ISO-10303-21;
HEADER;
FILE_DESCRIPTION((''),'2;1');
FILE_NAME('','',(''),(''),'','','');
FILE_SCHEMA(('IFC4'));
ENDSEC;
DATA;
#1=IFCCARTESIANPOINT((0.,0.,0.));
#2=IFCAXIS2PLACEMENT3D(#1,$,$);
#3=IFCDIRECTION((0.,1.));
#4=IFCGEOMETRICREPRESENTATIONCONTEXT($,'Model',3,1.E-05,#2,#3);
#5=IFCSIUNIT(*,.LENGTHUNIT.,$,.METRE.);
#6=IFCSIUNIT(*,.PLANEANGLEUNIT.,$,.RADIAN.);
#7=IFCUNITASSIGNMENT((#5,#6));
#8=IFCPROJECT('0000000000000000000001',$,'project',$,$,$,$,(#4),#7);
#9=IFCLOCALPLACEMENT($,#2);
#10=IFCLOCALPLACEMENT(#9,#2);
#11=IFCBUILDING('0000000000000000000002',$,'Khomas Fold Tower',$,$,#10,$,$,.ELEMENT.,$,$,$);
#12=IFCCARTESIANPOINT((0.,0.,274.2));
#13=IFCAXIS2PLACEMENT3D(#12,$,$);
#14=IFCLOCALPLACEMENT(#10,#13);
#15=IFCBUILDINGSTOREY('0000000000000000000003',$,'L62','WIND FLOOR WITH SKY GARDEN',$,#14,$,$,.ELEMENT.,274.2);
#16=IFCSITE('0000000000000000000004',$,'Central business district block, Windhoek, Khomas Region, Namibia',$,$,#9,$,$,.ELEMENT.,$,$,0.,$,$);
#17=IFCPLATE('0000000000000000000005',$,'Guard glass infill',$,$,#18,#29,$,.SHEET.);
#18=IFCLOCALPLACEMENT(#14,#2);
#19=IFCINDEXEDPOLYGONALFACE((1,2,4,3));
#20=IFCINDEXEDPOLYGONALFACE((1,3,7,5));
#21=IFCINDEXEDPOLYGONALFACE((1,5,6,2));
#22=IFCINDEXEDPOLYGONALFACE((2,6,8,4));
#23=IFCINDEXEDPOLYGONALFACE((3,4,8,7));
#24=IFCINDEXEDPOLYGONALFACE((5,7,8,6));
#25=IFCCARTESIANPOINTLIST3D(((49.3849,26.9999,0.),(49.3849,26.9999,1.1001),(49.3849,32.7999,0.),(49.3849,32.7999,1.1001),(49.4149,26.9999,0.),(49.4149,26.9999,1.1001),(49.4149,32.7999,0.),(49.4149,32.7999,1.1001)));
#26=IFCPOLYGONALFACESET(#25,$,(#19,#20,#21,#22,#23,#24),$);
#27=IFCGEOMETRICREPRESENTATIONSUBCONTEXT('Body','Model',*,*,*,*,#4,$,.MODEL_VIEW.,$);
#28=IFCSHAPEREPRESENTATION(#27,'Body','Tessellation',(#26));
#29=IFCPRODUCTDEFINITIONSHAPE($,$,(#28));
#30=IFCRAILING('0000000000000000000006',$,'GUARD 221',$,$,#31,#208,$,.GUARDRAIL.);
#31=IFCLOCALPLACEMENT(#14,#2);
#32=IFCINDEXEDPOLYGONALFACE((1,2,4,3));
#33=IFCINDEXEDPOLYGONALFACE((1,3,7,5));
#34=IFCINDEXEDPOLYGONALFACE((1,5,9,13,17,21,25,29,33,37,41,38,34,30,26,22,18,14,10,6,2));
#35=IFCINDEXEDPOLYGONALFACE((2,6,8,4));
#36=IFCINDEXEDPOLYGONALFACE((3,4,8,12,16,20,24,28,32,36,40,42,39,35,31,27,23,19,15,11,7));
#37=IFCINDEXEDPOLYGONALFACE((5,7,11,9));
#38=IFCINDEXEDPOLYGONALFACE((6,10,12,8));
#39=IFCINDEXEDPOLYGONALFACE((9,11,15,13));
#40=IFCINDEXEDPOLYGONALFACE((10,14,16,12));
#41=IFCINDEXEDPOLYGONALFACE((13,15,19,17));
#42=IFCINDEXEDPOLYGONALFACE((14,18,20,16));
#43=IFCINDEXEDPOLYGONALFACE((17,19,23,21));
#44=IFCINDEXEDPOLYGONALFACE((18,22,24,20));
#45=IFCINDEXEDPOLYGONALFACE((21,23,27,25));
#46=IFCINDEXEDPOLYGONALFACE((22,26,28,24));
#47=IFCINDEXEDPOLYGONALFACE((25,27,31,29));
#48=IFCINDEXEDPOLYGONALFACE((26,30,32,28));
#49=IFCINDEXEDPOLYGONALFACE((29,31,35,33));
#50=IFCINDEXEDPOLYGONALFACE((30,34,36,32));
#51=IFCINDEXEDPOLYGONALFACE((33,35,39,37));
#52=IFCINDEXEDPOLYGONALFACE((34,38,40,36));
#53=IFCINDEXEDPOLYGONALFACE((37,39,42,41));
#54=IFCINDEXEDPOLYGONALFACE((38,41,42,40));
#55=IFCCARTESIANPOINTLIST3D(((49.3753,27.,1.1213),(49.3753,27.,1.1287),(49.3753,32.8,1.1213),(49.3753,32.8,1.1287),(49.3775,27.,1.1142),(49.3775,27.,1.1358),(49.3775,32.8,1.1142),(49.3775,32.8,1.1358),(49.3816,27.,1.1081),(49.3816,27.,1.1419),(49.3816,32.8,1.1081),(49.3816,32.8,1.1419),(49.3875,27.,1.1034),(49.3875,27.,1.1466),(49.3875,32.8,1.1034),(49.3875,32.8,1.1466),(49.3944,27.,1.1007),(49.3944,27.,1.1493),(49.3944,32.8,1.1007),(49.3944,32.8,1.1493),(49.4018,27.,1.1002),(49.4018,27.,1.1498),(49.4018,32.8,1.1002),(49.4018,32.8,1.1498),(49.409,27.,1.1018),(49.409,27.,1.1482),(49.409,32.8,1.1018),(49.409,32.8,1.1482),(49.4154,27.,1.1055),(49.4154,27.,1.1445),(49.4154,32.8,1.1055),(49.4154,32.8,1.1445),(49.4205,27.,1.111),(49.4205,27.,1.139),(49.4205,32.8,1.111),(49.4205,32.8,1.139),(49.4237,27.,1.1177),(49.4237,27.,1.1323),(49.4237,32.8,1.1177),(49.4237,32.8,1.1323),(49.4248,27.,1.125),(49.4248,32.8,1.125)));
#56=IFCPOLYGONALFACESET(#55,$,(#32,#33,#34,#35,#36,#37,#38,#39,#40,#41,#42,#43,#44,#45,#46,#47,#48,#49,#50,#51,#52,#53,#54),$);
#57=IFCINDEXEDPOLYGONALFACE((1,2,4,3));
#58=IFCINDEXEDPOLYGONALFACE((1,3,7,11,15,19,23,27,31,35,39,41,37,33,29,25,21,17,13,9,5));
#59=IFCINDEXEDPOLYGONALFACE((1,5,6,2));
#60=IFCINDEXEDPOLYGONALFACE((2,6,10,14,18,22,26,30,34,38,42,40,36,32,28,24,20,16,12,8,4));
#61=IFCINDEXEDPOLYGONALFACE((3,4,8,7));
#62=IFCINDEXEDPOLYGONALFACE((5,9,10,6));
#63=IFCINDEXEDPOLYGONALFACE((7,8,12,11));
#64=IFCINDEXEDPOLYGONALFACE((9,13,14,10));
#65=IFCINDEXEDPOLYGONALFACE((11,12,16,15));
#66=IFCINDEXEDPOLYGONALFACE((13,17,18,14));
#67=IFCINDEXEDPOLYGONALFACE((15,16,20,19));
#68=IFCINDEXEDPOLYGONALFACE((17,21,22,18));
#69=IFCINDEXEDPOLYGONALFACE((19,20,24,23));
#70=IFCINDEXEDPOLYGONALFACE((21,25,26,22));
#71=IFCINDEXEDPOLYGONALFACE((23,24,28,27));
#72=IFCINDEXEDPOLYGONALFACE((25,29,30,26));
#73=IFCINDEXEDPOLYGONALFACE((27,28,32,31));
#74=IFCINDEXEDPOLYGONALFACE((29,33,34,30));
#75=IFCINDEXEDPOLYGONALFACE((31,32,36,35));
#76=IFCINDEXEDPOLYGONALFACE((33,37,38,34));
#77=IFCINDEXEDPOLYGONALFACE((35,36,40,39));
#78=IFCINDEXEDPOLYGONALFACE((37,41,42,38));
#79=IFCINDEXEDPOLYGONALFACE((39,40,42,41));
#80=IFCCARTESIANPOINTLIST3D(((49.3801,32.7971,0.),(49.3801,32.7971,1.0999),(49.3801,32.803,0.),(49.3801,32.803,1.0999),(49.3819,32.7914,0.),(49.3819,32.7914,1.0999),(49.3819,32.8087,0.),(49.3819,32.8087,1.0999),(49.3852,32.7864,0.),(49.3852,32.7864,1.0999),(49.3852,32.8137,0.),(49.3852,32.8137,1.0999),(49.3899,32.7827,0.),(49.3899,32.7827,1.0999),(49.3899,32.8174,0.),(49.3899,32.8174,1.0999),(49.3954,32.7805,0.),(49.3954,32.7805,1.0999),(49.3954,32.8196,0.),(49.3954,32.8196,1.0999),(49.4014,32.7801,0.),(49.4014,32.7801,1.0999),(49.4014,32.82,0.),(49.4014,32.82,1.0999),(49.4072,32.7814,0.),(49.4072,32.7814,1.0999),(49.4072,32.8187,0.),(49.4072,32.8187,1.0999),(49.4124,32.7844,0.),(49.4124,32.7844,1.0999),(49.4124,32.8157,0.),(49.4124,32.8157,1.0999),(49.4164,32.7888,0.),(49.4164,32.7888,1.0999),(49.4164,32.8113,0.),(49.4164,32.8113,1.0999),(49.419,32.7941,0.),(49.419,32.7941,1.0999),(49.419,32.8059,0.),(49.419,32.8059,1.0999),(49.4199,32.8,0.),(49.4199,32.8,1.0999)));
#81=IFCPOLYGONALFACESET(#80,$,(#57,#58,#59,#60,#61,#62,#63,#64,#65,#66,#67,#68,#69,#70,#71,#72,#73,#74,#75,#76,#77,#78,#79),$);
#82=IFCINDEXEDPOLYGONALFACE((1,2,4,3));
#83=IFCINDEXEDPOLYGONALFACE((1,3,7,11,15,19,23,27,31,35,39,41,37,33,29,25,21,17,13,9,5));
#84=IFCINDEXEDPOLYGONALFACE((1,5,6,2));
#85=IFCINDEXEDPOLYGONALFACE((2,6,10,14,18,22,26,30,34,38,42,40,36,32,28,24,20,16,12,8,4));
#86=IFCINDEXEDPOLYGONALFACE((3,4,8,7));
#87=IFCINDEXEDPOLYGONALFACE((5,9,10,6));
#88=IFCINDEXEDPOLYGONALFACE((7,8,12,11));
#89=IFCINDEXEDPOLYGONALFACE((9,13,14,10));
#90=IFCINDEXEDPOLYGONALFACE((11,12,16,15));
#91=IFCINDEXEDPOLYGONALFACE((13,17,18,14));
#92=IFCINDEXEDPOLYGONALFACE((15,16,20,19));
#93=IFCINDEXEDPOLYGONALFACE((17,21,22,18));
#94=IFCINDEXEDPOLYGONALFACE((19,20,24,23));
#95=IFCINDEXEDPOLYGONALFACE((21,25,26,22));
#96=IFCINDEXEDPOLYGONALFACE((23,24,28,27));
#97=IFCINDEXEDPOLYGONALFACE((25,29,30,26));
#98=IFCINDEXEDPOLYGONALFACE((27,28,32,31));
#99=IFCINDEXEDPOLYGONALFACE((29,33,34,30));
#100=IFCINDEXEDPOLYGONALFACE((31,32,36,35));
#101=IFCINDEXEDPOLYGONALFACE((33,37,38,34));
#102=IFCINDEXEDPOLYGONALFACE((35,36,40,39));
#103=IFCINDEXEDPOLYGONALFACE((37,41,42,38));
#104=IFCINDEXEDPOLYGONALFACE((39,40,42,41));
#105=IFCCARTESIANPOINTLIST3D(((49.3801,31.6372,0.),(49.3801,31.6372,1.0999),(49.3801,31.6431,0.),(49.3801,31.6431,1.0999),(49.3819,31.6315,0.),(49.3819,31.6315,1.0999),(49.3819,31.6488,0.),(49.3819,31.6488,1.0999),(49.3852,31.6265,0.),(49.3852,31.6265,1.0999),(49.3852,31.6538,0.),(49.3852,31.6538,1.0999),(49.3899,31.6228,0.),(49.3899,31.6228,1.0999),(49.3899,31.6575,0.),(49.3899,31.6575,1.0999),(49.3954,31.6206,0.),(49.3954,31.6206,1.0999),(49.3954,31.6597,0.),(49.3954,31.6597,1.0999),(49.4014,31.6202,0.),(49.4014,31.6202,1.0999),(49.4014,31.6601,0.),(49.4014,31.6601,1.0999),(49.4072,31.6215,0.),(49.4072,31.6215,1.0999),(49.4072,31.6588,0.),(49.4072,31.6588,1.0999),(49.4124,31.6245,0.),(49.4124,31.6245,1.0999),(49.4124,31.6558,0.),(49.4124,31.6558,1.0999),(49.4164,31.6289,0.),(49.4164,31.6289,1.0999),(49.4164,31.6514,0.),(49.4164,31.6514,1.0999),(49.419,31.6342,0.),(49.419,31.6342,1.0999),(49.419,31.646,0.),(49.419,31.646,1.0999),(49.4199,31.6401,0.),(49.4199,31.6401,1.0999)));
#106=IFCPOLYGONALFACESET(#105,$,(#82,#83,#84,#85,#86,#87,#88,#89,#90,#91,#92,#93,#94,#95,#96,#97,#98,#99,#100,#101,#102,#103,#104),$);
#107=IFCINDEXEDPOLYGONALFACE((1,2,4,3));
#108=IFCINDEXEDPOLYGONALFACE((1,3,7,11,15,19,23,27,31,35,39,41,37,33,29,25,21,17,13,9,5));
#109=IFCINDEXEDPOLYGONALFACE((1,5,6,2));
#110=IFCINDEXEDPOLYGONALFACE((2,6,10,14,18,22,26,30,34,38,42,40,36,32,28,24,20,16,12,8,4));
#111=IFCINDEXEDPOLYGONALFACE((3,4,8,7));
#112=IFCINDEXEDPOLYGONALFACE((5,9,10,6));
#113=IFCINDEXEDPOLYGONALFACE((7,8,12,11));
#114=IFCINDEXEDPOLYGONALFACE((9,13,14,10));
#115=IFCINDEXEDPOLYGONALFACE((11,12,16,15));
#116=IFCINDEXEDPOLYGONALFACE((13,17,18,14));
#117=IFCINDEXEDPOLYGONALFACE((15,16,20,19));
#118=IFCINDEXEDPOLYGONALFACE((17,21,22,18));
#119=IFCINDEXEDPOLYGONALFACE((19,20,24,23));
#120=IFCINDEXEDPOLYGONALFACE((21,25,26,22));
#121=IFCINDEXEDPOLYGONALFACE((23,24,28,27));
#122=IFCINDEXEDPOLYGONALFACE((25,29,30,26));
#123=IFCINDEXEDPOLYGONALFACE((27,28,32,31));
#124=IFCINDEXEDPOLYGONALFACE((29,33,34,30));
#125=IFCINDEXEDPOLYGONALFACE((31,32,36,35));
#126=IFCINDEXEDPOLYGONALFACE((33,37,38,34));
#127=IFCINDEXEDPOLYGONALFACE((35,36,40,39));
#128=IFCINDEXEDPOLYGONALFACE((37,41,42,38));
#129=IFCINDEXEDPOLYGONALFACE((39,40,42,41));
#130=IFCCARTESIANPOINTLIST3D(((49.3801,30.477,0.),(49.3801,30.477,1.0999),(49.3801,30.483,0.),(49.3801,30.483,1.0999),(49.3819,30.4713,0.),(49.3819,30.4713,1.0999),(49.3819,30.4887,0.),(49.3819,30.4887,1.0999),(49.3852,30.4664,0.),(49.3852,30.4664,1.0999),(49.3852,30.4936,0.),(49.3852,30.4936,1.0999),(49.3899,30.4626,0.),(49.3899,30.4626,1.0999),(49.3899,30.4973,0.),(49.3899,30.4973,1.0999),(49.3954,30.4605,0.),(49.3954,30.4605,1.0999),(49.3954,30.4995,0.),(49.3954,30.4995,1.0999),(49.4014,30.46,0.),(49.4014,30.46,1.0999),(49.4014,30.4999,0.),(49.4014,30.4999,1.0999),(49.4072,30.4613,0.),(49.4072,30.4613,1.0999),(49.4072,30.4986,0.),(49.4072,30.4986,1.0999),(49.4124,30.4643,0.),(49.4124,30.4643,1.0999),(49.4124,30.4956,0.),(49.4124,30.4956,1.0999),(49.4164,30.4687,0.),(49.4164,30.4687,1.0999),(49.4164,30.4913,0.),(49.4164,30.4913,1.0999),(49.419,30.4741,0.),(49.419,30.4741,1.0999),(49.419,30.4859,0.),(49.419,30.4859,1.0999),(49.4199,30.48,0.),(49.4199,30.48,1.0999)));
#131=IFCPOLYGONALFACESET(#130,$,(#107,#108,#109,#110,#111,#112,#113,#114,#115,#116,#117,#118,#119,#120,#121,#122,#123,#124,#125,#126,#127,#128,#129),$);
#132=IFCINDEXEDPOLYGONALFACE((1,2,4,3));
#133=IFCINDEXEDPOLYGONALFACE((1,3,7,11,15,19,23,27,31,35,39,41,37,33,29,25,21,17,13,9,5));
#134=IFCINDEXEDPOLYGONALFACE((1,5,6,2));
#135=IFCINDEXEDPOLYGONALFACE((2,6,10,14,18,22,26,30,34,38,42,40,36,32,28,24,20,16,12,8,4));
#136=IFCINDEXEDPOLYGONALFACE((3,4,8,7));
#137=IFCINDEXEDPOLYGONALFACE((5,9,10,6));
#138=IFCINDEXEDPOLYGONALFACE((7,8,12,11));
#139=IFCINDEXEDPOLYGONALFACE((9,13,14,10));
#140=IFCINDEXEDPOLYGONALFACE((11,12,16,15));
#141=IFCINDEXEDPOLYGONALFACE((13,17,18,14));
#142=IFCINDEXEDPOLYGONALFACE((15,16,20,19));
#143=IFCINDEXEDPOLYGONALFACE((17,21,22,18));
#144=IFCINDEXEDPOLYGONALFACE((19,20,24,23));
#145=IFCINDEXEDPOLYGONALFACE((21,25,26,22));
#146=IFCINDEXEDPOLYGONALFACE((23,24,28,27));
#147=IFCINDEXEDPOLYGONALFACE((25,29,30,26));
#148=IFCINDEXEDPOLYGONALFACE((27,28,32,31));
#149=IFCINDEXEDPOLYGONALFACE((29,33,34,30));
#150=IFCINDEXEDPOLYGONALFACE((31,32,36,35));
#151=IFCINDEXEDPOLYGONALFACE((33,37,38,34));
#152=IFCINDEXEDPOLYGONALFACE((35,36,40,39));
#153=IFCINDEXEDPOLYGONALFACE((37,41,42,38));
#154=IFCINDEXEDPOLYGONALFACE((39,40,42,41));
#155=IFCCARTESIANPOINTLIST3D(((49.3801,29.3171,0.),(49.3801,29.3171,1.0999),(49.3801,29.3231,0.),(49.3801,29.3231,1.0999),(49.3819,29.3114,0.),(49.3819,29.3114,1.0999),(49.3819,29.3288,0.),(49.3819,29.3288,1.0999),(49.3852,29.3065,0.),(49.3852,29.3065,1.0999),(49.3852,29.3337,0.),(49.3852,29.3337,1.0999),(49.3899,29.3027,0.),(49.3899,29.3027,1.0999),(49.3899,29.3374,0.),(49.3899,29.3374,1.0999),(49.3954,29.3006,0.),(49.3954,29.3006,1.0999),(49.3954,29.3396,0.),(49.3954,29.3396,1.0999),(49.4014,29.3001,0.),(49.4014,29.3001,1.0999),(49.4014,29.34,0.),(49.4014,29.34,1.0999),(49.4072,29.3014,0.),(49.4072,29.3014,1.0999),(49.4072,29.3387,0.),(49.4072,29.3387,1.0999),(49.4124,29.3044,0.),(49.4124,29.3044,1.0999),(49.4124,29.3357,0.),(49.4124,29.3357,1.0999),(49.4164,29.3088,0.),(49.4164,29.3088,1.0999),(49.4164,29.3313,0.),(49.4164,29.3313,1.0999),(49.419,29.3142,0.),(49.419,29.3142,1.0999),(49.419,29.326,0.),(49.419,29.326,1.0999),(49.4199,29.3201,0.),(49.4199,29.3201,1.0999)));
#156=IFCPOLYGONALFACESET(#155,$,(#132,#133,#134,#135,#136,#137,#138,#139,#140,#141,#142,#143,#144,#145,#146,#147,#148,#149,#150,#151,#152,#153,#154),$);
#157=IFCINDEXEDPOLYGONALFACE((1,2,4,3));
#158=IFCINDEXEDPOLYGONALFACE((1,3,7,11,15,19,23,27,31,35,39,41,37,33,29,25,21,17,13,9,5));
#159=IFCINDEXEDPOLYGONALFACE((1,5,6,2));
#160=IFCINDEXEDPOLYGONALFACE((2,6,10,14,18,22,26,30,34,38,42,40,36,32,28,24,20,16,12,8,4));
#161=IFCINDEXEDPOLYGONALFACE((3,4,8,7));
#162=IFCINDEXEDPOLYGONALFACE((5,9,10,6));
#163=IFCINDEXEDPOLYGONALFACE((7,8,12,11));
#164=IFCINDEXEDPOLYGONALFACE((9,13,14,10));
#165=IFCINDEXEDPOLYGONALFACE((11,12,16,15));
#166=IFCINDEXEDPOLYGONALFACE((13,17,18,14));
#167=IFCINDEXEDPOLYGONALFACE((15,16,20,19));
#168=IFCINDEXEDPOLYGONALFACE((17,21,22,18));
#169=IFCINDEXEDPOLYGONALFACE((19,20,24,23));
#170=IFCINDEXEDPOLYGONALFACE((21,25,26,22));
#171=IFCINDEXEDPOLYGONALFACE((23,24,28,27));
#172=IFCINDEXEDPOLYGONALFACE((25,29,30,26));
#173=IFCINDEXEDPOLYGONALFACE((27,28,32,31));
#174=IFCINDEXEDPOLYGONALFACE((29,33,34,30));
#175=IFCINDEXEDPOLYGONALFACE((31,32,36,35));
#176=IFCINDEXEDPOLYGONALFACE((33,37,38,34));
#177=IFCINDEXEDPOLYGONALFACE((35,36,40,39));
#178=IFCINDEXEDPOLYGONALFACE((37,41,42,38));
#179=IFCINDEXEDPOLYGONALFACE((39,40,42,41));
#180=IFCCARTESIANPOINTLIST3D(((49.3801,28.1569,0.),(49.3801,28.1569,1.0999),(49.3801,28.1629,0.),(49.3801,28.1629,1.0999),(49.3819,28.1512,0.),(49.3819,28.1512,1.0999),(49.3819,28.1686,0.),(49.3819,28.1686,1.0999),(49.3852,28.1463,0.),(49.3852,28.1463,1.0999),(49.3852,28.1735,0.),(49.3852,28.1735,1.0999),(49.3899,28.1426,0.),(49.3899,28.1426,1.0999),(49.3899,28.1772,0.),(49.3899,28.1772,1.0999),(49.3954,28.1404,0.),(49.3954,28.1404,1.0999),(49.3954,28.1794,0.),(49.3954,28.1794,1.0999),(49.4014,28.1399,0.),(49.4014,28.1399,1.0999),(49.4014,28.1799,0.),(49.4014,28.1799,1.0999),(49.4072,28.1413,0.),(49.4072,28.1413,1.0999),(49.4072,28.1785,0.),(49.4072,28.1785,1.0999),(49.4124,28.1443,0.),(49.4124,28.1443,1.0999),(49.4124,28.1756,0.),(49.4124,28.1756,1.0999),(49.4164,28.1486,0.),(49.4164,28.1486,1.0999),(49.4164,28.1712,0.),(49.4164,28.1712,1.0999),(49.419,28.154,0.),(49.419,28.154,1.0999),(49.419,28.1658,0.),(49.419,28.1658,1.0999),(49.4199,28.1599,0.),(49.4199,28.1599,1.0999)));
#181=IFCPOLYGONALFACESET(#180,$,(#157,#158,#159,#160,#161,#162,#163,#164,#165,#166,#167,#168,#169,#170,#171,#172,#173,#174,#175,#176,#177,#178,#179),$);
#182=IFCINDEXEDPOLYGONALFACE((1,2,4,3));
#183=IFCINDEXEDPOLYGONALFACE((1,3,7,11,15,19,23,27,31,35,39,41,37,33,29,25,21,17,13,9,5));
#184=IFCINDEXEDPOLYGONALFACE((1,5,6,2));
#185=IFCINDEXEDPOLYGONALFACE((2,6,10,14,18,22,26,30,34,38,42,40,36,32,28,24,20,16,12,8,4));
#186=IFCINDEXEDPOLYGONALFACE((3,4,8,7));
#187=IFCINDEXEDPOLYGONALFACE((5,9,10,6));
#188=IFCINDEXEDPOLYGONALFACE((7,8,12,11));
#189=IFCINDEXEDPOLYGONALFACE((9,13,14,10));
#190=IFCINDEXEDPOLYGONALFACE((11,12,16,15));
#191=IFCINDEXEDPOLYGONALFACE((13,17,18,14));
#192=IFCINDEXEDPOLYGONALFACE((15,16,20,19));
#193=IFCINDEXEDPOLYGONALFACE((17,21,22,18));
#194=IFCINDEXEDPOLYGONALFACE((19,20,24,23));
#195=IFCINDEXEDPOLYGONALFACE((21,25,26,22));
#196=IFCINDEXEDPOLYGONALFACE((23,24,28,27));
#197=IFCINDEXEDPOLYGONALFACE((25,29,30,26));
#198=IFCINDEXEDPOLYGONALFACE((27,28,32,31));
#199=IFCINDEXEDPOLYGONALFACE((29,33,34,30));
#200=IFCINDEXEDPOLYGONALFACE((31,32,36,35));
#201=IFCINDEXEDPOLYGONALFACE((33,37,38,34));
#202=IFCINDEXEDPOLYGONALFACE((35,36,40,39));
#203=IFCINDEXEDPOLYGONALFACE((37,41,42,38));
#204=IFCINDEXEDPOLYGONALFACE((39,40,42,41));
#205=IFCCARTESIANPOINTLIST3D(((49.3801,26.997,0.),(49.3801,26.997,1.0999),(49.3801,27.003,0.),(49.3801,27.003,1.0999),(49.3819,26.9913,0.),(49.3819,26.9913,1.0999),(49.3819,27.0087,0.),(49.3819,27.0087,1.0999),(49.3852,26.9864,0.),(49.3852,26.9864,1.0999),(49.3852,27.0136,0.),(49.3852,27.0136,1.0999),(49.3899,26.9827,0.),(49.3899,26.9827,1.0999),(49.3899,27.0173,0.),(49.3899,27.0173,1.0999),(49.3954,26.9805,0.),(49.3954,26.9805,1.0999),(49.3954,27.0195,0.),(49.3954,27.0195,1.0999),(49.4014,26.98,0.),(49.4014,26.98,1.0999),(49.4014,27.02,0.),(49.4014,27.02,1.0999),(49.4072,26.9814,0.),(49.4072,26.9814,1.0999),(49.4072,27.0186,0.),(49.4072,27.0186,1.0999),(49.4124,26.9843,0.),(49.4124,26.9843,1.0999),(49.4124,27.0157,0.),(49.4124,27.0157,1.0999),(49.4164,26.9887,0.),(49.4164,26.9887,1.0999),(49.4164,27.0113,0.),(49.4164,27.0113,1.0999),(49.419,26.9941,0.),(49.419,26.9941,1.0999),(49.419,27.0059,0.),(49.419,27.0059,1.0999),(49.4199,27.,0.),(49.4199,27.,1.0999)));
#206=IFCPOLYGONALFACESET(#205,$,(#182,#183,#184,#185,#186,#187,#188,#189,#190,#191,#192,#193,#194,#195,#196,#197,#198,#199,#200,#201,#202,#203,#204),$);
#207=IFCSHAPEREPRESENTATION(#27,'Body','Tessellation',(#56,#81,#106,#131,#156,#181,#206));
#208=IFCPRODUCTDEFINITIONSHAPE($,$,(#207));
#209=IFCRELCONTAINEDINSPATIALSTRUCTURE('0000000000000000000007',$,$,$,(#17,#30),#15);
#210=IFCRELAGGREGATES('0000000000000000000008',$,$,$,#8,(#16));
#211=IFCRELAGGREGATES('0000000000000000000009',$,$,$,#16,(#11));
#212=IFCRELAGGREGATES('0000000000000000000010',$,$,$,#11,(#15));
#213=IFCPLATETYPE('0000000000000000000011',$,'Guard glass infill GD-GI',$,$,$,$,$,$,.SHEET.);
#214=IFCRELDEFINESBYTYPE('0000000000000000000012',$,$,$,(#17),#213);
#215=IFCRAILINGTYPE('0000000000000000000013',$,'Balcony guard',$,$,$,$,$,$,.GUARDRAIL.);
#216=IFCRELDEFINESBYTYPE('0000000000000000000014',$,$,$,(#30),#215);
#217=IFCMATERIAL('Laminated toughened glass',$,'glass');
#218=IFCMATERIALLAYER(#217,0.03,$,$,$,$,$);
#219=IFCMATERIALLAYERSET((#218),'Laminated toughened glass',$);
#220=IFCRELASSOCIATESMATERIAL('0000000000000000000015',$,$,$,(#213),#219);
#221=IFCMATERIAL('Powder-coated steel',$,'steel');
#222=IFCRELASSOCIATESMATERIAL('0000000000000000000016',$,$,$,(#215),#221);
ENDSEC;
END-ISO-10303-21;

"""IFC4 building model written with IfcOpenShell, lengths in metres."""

from ifc_helpers import new_model, si_unit, direction, frame, origin, origin_2d, place, context, subcontext, project, spatial, rectangle, circle, extrude, source, transform, mapped, material, layer, layer_set, type_object, element, save


model = new_model("IFC4")

# Units and contexts
model_context = context("Model", 3, precision=1e-05, world=origin(), true_north=direction((0.0, 1.0)))
body_context = subcontext(model_context, "Body", "Model", "MODEL_VIEW")
ifc_project = project(units=[si_unit("LENGTHUNIT", "METRE"), si_unit("PLANEANGLEUNIT", "RADIAN")], contexts=[model_context])

# Site, building, storey
site_placement = place(None, origin())
site = spatial("IfcSite", under=ifc_project, at=site_placement, Name="Central business district block, Windhoek, Khomas Region, Namibia", CompositionType="ELEMENT", RefElevation=0.0)
building_placement = place(site_placement, origin())
building = spatial("IfcBuilding", under=site, at=building_placement, Name="Khomas Fold Tower", CompositionType="ELEMENT")
storey_placement = place(building_placement, frame((0.0, 0.0, 274.2)))
storey = spatial("IfcBuildingStorey", under=building, at=storey_placement, Name="L62", Description="WIND FLOOR WITH SKY GARDEN", CompositionType="ELEMENT", Elevation=274.2)

# Plate
ifc_material_1 = material(Name="Laminated toughened glass", Category="glass")
ifc_layer_1 = layer(ifc_material_1, 0.03)
ifc_layer_set_1 = layer_set([ifc_layer_1], Name="Laminated toughened glass")
plate_type = type_object("IfcPlateType", Name="Guard glass infill GD-GI", PredefinedType="SHEET", material=ifc_layer_set_1)
shared_shape_1 = source(origin(), body_context, "Body", "SweptSolid", [
    extrude(rectangle(XDim=5.8, YDim=0.03, at=origin_2d()), origin(), (0.0, 0.0, 1.0), 1.1001),
])
plate_placement = place(storey_placement, frame((49.3999, 29.8999, 0.0), z_axis=(0.0, 0.0, 1.0), x_axis=(0.0, -1.0, 0.0)))
element("IfcPlate", 1, at=plate_placement, inside=storey, type_object=plate_type, Name="Guard glass infill", PredefinedType="SHEET", context=body_context, shape_type="MappedRepresentation", body=[
    mapped(shared_shape_1, transform((0.0, 0.0, 0.0))),
])

# Railing
ifc_material_2 = material(Name="Powder-coated steel", Category="steel")
railing_type = type_object("IfcRailingType", Name="Balcony guard", PredefinedType="GUARDRAIL", material=ifc_material_2)
shared_shape_2 = source(origin(), body_context, "Body", "SweptSolid", [
    extrude(circle(Radius=0.0249, at=origin_2d()), frame((0.0, 0.0, 1.125), z_axis=(0.0, -1.0, 0.0), x_axis=(1.0, 0.0, 0.0)), (0.0, 0.0, 1.0), 5.8),
    extrude(circle(Radius=0.02, at=origin_2d()), origin(), (0.0, 0.0, 1.0), 1.0999),
    extrude(circle(Radius=0.02, at=origin_2d()), frame((0.0, -1.1599, 0.0)), (0.0, 0.0, 1.0), 1.0999),
    extrude(circle(Radius=0.02, at=origin_2d()), frame((0.0, -2.3201, 0.0)), (0.0, 0.0, 1.0), 1.0999),
    extrude(circle(Radius=0.02, at=origin_2d()), frame((0.0, -3.48, 0.0)), (0.0, 0.0, 1.0), 1.0999),
    extrude(circle(Radius=0.02, at=origin_2d()), frame((0.0, -4.6401, 0.0)), (0.0, 0.0, 1.0), 1.0999),
    extrude(circle(Radius=0.02, at=origin_2d()), frame((0.0, -5.8, 0.0)), (0.0, 0.0, 1.0), 1.0999),
])
for number, where, name in (
    (2, (49.3999, 32.8, 0.0), "GUARD 221"),
):
    element("IfcRailing", number, at=place(storey_placement, frame(where)), inside=storey, type_object=railing_type, Name=name, PredefinedType="GUARDRAIL", context=body_context, shape_type="MappedRepresentation", body=[
        mapped(shared_shape_2, transform((0.0, 0.0, 0.0))),
    ])

save(model, "model.ifc")
